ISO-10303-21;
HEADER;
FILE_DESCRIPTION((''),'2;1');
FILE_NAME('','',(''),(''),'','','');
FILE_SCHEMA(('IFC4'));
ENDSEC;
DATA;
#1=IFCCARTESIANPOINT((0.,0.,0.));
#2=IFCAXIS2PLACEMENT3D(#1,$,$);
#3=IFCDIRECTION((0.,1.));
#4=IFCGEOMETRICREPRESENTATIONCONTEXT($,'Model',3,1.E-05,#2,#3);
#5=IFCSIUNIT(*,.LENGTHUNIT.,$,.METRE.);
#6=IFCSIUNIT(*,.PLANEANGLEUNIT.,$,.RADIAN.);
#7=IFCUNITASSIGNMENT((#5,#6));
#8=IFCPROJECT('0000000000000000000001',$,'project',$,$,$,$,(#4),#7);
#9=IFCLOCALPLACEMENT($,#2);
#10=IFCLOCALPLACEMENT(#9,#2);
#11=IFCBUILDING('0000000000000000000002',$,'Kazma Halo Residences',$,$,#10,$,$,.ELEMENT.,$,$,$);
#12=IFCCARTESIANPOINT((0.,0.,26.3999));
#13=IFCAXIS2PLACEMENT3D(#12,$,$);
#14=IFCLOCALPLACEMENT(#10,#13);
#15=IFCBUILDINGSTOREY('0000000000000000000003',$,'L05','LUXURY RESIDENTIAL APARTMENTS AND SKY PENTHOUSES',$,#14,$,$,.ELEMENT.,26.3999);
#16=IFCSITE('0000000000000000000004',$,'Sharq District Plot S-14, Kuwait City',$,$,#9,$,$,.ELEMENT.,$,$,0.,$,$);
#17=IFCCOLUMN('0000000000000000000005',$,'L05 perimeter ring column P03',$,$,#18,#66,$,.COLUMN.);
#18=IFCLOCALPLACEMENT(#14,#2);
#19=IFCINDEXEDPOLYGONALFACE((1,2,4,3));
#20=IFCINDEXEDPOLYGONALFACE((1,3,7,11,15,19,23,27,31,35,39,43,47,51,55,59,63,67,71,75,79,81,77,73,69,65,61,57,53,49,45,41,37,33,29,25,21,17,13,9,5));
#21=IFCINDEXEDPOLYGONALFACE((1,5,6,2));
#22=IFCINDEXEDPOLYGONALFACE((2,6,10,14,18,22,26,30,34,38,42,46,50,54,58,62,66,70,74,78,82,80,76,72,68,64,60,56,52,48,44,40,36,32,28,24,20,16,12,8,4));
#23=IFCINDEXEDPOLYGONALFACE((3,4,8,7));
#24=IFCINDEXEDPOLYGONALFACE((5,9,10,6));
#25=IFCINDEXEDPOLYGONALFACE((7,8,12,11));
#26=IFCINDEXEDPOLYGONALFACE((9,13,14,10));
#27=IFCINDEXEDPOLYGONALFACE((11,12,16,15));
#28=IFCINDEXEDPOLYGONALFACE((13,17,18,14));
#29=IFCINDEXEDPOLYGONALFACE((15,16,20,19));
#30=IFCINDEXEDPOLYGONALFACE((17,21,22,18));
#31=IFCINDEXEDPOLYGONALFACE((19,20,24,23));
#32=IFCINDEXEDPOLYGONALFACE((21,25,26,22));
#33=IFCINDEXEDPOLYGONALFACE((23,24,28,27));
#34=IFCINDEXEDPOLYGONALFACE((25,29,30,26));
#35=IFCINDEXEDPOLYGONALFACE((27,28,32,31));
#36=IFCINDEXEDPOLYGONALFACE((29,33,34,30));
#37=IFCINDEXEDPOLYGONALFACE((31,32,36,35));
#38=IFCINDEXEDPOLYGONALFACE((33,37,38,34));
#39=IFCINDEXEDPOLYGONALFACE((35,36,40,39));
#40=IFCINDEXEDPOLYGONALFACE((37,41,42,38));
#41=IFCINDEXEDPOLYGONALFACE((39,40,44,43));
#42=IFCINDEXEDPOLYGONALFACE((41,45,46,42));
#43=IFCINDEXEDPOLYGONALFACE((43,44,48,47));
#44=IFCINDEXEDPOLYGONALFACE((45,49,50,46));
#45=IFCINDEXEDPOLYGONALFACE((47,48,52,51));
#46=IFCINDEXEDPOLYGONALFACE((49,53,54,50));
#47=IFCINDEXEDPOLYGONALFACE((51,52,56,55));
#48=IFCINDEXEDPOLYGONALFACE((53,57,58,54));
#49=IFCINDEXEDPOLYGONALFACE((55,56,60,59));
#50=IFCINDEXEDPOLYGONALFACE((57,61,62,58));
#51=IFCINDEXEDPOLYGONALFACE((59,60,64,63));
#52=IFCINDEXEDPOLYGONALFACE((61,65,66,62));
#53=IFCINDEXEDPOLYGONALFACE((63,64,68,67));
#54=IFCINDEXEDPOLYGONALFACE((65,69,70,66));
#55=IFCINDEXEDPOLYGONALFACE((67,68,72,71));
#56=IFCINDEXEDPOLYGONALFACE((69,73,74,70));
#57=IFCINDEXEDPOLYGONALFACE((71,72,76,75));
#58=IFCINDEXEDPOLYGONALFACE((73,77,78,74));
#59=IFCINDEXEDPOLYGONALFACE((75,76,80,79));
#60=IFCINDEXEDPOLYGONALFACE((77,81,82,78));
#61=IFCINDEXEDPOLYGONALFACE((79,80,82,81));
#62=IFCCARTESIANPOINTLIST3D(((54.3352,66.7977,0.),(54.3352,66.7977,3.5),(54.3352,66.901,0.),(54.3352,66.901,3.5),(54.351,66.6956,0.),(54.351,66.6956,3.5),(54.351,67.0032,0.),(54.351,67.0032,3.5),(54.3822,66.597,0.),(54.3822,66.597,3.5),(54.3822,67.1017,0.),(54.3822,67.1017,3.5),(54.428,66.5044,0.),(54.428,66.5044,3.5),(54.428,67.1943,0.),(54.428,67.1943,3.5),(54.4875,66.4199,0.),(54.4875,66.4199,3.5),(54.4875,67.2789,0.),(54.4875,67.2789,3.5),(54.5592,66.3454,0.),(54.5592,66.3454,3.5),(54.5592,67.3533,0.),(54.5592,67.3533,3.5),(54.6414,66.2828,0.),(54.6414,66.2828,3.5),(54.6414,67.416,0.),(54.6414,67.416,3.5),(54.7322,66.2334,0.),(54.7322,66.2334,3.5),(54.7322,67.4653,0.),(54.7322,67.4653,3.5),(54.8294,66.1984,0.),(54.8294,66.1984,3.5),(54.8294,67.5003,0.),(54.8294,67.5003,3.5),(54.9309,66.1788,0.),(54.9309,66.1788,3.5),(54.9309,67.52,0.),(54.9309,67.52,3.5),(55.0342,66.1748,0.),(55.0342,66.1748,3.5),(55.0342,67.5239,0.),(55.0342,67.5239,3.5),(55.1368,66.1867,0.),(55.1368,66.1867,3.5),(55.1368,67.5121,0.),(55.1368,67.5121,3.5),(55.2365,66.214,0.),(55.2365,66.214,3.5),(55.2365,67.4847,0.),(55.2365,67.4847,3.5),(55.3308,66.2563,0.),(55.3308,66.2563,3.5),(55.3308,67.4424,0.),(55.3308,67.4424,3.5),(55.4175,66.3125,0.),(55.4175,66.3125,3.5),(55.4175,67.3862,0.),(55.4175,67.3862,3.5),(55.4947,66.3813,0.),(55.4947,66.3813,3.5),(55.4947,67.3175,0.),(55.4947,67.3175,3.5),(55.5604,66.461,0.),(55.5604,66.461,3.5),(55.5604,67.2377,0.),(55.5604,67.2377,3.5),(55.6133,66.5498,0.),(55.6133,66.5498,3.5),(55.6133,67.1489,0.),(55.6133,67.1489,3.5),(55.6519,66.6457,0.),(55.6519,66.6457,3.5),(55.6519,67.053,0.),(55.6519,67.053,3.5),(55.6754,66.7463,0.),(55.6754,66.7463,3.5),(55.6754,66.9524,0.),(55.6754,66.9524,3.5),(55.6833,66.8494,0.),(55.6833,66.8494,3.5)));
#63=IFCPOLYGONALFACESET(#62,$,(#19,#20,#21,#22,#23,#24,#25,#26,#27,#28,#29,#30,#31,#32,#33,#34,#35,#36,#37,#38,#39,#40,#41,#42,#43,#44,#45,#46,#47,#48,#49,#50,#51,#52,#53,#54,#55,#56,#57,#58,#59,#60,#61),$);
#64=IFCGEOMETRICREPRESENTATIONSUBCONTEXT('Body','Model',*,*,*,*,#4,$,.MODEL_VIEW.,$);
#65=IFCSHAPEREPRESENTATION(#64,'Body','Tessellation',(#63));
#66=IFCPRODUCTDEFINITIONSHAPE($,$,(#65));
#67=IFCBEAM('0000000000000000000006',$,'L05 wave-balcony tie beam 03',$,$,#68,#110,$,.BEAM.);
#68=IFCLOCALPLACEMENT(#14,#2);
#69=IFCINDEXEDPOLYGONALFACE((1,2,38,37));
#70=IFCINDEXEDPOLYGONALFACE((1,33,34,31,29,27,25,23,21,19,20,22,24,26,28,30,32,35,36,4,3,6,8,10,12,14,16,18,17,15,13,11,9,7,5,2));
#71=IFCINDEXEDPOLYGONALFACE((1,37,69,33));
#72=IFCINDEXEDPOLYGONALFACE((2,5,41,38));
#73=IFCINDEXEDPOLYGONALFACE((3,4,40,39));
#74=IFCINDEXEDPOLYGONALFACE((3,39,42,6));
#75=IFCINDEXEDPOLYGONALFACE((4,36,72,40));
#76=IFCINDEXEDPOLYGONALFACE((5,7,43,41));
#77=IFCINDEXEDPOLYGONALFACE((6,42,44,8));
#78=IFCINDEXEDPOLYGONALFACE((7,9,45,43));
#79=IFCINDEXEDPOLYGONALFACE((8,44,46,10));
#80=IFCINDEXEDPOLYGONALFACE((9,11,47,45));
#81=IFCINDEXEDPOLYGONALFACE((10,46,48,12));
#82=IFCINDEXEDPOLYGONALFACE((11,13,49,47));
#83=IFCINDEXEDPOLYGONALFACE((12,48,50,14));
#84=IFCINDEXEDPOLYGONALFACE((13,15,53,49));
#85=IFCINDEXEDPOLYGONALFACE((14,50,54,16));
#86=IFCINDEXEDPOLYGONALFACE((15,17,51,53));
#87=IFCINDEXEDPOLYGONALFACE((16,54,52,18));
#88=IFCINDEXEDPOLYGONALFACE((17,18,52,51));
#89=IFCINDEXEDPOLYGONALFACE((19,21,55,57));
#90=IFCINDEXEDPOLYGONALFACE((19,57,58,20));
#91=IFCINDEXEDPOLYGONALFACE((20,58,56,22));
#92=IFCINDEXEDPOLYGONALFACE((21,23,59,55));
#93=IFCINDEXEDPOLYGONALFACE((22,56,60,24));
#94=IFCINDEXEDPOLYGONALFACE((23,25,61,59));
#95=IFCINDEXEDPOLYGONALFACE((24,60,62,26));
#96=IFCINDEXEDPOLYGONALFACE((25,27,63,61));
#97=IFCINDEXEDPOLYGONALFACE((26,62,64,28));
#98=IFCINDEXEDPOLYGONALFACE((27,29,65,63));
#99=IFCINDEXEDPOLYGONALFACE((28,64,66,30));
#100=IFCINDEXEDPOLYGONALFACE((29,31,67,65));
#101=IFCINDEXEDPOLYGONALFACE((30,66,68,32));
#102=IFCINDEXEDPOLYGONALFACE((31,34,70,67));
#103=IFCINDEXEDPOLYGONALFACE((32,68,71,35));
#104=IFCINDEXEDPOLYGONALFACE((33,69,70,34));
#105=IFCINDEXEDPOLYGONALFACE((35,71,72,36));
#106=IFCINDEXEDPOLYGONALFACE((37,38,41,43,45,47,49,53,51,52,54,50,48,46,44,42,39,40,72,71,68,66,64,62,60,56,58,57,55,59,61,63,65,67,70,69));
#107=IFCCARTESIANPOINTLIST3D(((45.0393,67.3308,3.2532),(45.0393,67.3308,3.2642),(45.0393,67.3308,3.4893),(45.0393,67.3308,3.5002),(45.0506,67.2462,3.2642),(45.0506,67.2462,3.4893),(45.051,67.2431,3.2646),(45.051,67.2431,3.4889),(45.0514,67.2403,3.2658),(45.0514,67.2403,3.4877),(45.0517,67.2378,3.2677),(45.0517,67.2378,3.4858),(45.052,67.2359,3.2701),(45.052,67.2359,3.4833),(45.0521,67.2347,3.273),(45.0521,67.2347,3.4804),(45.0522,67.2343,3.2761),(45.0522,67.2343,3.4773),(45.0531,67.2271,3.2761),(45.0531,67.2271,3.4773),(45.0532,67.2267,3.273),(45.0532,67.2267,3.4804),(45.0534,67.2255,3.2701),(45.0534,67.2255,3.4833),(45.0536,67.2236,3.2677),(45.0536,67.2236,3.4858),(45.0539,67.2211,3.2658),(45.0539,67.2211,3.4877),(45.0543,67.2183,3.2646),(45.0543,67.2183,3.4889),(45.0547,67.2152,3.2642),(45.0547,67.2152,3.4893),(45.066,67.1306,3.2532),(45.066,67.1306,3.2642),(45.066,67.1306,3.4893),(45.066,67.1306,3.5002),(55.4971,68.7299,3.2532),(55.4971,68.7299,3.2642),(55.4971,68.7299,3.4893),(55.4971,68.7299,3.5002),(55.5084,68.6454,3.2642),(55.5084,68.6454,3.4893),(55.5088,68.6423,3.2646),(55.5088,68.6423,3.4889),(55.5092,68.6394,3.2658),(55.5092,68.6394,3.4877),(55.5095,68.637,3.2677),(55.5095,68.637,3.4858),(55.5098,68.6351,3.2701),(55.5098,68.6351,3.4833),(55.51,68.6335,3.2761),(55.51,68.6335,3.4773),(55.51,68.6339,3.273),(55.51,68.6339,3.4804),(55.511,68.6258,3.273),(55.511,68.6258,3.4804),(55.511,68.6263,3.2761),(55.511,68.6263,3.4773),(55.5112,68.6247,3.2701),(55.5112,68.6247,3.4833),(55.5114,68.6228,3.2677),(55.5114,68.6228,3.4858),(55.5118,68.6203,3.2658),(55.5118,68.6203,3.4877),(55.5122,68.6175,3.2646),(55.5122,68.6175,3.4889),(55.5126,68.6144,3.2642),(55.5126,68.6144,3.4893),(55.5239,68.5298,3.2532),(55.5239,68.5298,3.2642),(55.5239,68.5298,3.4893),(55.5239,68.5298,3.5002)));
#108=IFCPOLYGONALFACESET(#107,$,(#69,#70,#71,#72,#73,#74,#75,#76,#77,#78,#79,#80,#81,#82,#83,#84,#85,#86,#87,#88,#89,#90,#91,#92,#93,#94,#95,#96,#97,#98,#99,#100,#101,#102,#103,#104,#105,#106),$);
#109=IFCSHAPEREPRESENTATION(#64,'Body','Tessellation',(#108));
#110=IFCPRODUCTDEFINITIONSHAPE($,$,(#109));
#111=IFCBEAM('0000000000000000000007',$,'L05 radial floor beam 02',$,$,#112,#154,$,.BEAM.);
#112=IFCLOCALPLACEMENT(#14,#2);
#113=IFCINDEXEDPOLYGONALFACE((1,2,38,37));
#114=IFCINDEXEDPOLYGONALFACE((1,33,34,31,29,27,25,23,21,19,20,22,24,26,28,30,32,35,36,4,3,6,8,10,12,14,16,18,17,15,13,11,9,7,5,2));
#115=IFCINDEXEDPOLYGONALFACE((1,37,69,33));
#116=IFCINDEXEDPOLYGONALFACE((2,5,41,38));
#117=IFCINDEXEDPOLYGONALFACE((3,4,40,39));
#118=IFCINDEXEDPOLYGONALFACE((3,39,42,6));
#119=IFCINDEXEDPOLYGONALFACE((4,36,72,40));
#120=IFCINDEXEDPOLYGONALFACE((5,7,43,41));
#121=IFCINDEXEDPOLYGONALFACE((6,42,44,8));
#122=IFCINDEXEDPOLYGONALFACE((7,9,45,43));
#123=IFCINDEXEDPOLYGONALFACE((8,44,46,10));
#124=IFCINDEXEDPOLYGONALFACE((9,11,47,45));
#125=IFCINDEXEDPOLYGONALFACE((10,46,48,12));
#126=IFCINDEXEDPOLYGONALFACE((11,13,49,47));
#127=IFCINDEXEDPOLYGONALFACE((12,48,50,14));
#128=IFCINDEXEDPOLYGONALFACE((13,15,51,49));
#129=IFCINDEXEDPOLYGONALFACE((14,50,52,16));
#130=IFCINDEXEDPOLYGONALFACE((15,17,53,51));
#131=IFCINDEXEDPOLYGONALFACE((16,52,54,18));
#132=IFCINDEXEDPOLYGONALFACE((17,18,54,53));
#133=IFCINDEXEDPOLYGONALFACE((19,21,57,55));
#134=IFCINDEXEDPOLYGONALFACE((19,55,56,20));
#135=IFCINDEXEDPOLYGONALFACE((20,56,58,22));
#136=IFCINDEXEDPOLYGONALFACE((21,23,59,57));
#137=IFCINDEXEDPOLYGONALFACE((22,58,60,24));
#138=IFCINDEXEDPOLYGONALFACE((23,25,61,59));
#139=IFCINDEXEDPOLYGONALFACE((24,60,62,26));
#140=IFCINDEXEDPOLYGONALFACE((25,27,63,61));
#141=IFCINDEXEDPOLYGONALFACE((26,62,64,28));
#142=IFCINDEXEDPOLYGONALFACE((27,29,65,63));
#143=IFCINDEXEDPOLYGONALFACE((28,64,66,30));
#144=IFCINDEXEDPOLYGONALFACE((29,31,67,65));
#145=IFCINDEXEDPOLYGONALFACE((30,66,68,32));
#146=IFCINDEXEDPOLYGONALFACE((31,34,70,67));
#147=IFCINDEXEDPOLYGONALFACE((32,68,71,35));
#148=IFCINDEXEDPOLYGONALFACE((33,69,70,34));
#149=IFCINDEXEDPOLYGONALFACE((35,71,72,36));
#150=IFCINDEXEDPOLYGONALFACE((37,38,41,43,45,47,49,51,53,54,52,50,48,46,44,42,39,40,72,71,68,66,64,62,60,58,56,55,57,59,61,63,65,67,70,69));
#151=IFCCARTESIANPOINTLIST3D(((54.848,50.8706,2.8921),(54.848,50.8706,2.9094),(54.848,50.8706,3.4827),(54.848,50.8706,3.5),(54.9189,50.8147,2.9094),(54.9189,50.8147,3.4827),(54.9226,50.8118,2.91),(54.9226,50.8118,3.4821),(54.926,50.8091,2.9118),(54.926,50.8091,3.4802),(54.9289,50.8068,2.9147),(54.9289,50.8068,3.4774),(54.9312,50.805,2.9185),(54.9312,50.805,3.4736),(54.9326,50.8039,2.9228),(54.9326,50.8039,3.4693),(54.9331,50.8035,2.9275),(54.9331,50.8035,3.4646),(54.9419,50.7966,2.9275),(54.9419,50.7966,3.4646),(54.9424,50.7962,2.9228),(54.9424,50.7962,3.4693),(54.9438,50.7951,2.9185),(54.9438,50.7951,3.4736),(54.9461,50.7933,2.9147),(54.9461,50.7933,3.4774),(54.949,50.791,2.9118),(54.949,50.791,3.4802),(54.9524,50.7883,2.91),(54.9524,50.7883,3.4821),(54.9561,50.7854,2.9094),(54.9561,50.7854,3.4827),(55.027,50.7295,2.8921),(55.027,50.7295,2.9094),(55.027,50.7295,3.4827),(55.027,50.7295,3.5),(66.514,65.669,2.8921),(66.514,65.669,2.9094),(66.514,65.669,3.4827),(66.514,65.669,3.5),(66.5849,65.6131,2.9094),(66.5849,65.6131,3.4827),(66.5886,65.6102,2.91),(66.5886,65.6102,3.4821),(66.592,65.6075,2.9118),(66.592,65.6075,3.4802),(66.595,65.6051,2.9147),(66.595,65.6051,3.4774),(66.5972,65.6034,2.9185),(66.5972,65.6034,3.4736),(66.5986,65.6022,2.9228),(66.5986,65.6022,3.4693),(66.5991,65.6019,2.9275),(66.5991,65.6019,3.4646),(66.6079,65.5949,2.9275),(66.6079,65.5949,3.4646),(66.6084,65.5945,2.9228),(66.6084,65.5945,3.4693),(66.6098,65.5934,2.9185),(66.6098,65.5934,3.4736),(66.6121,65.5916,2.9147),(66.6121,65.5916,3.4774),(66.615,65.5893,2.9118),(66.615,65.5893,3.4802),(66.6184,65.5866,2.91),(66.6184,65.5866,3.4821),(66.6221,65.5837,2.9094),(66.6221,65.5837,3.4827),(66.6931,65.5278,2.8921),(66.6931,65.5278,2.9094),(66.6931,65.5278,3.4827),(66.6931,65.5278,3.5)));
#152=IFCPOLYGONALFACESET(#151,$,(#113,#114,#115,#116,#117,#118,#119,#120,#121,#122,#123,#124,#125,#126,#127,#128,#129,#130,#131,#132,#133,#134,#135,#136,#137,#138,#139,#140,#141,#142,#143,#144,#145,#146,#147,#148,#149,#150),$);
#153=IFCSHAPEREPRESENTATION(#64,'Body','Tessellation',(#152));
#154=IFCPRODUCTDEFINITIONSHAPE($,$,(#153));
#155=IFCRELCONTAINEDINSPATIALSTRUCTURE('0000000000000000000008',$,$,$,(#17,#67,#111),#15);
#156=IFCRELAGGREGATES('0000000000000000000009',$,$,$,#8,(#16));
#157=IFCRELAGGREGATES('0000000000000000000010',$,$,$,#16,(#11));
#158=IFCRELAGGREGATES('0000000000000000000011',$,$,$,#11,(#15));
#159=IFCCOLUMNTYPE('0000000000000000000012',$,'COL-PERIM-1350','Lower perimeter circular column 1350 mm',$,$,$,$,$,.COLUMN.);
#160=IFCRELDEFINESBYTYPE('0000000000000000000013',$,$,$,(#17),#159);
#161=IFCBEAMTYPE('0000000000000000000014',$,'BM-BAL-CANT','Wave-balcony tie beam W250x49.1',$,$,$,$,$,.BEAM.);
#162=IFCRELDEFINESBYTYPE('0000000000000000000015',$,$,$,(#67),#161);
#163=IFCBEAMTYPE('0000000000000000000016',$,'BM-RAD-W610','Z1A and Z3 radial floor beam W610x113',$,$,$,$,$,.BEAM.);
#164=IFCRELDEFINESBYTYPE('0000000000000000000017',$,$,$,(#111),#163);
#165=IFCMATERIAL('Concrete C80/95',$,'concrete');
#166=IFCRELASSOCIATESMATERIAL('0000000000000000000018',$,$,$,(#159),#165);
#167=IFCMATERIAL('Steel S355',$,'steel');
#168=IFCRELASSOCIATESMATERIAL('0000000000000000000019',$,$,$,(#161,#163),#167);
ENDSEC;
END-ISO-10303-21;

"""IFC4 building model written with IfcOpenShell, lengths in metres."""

from ifc_helpers import new_model, si_unit, direction, frame, origin, origin_2d, place, context, subcontext, project, spatial, circle, i_section, extrude, material, material_profile, profile_set, type_object, element, save


model = new_model("IFC4")

# Units and contexts
model_context = context("Model", 3, precision=1e-05, world=origin(), true_north=direction((0.0, 1.0)))
body_context = subcontext(model_context, "Body", "Model", "MODEL_VIEW")
ifc_project = project(units=[si_unit("LENGTHUNIT", "METRE"), si_unit("PLANEANGLEUNIT", "RADIAN")], contexts=[model_context])

# Site, building, storey
site_placement = place(None, origin())
site = spatial("IfcSite", under=ifc_project, at=site_placement, Name="Sharq District Plot S-14, Kuwait City", CompositionType="ELEMENT", RefElevation=0.0)
building_placement = place(site_placement, origin())
building = spatial("IfcBuilding", under=site, at=building_placement, Name="Kazma Halo Residences", CompositionType="ELEMENT")
storey_placement = place(building_placement, frame((0.0, 0.0, 26.3999)))
storey = spatial("IfcBuildingStorey", under=building, at=storey_placement, Name="L05", Description="LUXURY RESIDENTIAL APARTMENTS AND SKY PENTHOUSES", CompositionType="ELEMENT", Elevation=26.3999)

# Column
ifc_material_1 = material(Name="Concrete C80/95", Category="concrete")
ifc_material_profile_1 = material_profile(ifc_material_1, circle(Radius=0.675, at=origin_2d()), Name="CIRC1350")
ifc_profile_set_1 = profile_set([ifc_material_profile_1], Name="Concrete C80/95")
column_type = type_object("IfcColumnType", Name="COL-PERIM-1350", Description="Lower perimeter circular column 1350 mm", PredefinedType="COLUMN", material=ifc_profile_set_1)
column_placement = place(storey_placement, frame((55.0083, 66.8494, 0.0), z_axis=(0.0, 0.0, 1.0), x_axis=(1.0, 0.0, 0.0)))
element("IfcColumn", 1, at=column_placement, inside=storey, type_object=column_type, Name="L05 perimeter ring column P03", PredefinedType="COLUMN", context=body_context, shape_type="SweptSolid", body=[
    extrude(circle(Radius=0.675, at=origin_2d()), origin(), (0.0, 0.0, 1.0), 3.5),
])

# Beams
ifc_material_2 = material(Name="Steel S355", Category="steel")
ifc_material_profile_2 = material_profile(ifc_material_2, i_section(OverallWidth=0.2019, OverallDepth=0.2471, WebThickness=0.0073, FlangeThickness=0.011, FilletRadius=0.012, at=origin_2d()), Name="W250x49.1")
ifc_profile_set_2 = profile_set([ifc_material_profile_2], Name="Steel S355")
beam_type_1 = type_object("IfcBeamType", Name="BM-BAL-CANT", Description="Wave-balcony tie beam W250x49.1", PredefinedType="BEAM", material=ifc_profile_set_2)
beam_1_placement = place(storey_placement, frame((55.5105, 68.6299, 3.3767), z_axis=(-0.991168, -0.132611, 0.0), x_axis=(0.132611, -0.991168, 0.0)))
element("IfcBeam", 2, at=beam_1_placement, inside=storey, type_object=beam_type_1, Name="L05 wave-balcony tie beam 03", PredefinedType="BEAM", context=body_context, shape_type="SweptSolid", body=[
    extrude(i_section(OverallWidth=0.2019, OverallDepth=0.2471, WebThickness=0.0073, FlangeThickness=0.011, FilletRadius=0.012, at=origin_2d()), origin(), (0.0, 0.0, 1.0), 10.551),
])
ifc_material_profile_3 = material_profile(ifc_material_2, i_section(OverallWidth=0.228, OverallDepth=0.6079, WebThickness=0.0112, FlangeThickness=0.0173, FilletRadius=0.0181, at=origin_2d()), Name="W610x113")
ifc_profile_set_3 = profile_set([ifc_material_profile_3], Name="Steel S355")
beam_type_2 = type_object("IfcBeamType", Name="BM-RAD-W610", Description="Z1A and Z3 radial floor beam W610x113", PredefinedType="BEAM", material=ifc_profile_set_3)
beam_2_placement = place(storey_placement, frame((54.9375, 50.8, 3.196), z_axis=(0.619092, 0.785318, 0.0), x_axis=(-0.785318, 0.619092, 0.0)))
element("IfcBeam", 3, at=beam_2_placement, inside=storey, type_object=beam_type_2, Name="L05 radial floor beam 02", PredefinedType="BEAM", context=body_context, shape_type="SweptSolid", body=[
    extrude(i_section(OverallWidth=0.228, OverallDepth=0.6079, WebThickness=0.0112, FlangeThickness=0.0173, FilletRadius=0.0181, at=origin_2d()), origin(), (0.0, 0.0, 1.0), 18.8438),
])

save(model, "model.ifc")
